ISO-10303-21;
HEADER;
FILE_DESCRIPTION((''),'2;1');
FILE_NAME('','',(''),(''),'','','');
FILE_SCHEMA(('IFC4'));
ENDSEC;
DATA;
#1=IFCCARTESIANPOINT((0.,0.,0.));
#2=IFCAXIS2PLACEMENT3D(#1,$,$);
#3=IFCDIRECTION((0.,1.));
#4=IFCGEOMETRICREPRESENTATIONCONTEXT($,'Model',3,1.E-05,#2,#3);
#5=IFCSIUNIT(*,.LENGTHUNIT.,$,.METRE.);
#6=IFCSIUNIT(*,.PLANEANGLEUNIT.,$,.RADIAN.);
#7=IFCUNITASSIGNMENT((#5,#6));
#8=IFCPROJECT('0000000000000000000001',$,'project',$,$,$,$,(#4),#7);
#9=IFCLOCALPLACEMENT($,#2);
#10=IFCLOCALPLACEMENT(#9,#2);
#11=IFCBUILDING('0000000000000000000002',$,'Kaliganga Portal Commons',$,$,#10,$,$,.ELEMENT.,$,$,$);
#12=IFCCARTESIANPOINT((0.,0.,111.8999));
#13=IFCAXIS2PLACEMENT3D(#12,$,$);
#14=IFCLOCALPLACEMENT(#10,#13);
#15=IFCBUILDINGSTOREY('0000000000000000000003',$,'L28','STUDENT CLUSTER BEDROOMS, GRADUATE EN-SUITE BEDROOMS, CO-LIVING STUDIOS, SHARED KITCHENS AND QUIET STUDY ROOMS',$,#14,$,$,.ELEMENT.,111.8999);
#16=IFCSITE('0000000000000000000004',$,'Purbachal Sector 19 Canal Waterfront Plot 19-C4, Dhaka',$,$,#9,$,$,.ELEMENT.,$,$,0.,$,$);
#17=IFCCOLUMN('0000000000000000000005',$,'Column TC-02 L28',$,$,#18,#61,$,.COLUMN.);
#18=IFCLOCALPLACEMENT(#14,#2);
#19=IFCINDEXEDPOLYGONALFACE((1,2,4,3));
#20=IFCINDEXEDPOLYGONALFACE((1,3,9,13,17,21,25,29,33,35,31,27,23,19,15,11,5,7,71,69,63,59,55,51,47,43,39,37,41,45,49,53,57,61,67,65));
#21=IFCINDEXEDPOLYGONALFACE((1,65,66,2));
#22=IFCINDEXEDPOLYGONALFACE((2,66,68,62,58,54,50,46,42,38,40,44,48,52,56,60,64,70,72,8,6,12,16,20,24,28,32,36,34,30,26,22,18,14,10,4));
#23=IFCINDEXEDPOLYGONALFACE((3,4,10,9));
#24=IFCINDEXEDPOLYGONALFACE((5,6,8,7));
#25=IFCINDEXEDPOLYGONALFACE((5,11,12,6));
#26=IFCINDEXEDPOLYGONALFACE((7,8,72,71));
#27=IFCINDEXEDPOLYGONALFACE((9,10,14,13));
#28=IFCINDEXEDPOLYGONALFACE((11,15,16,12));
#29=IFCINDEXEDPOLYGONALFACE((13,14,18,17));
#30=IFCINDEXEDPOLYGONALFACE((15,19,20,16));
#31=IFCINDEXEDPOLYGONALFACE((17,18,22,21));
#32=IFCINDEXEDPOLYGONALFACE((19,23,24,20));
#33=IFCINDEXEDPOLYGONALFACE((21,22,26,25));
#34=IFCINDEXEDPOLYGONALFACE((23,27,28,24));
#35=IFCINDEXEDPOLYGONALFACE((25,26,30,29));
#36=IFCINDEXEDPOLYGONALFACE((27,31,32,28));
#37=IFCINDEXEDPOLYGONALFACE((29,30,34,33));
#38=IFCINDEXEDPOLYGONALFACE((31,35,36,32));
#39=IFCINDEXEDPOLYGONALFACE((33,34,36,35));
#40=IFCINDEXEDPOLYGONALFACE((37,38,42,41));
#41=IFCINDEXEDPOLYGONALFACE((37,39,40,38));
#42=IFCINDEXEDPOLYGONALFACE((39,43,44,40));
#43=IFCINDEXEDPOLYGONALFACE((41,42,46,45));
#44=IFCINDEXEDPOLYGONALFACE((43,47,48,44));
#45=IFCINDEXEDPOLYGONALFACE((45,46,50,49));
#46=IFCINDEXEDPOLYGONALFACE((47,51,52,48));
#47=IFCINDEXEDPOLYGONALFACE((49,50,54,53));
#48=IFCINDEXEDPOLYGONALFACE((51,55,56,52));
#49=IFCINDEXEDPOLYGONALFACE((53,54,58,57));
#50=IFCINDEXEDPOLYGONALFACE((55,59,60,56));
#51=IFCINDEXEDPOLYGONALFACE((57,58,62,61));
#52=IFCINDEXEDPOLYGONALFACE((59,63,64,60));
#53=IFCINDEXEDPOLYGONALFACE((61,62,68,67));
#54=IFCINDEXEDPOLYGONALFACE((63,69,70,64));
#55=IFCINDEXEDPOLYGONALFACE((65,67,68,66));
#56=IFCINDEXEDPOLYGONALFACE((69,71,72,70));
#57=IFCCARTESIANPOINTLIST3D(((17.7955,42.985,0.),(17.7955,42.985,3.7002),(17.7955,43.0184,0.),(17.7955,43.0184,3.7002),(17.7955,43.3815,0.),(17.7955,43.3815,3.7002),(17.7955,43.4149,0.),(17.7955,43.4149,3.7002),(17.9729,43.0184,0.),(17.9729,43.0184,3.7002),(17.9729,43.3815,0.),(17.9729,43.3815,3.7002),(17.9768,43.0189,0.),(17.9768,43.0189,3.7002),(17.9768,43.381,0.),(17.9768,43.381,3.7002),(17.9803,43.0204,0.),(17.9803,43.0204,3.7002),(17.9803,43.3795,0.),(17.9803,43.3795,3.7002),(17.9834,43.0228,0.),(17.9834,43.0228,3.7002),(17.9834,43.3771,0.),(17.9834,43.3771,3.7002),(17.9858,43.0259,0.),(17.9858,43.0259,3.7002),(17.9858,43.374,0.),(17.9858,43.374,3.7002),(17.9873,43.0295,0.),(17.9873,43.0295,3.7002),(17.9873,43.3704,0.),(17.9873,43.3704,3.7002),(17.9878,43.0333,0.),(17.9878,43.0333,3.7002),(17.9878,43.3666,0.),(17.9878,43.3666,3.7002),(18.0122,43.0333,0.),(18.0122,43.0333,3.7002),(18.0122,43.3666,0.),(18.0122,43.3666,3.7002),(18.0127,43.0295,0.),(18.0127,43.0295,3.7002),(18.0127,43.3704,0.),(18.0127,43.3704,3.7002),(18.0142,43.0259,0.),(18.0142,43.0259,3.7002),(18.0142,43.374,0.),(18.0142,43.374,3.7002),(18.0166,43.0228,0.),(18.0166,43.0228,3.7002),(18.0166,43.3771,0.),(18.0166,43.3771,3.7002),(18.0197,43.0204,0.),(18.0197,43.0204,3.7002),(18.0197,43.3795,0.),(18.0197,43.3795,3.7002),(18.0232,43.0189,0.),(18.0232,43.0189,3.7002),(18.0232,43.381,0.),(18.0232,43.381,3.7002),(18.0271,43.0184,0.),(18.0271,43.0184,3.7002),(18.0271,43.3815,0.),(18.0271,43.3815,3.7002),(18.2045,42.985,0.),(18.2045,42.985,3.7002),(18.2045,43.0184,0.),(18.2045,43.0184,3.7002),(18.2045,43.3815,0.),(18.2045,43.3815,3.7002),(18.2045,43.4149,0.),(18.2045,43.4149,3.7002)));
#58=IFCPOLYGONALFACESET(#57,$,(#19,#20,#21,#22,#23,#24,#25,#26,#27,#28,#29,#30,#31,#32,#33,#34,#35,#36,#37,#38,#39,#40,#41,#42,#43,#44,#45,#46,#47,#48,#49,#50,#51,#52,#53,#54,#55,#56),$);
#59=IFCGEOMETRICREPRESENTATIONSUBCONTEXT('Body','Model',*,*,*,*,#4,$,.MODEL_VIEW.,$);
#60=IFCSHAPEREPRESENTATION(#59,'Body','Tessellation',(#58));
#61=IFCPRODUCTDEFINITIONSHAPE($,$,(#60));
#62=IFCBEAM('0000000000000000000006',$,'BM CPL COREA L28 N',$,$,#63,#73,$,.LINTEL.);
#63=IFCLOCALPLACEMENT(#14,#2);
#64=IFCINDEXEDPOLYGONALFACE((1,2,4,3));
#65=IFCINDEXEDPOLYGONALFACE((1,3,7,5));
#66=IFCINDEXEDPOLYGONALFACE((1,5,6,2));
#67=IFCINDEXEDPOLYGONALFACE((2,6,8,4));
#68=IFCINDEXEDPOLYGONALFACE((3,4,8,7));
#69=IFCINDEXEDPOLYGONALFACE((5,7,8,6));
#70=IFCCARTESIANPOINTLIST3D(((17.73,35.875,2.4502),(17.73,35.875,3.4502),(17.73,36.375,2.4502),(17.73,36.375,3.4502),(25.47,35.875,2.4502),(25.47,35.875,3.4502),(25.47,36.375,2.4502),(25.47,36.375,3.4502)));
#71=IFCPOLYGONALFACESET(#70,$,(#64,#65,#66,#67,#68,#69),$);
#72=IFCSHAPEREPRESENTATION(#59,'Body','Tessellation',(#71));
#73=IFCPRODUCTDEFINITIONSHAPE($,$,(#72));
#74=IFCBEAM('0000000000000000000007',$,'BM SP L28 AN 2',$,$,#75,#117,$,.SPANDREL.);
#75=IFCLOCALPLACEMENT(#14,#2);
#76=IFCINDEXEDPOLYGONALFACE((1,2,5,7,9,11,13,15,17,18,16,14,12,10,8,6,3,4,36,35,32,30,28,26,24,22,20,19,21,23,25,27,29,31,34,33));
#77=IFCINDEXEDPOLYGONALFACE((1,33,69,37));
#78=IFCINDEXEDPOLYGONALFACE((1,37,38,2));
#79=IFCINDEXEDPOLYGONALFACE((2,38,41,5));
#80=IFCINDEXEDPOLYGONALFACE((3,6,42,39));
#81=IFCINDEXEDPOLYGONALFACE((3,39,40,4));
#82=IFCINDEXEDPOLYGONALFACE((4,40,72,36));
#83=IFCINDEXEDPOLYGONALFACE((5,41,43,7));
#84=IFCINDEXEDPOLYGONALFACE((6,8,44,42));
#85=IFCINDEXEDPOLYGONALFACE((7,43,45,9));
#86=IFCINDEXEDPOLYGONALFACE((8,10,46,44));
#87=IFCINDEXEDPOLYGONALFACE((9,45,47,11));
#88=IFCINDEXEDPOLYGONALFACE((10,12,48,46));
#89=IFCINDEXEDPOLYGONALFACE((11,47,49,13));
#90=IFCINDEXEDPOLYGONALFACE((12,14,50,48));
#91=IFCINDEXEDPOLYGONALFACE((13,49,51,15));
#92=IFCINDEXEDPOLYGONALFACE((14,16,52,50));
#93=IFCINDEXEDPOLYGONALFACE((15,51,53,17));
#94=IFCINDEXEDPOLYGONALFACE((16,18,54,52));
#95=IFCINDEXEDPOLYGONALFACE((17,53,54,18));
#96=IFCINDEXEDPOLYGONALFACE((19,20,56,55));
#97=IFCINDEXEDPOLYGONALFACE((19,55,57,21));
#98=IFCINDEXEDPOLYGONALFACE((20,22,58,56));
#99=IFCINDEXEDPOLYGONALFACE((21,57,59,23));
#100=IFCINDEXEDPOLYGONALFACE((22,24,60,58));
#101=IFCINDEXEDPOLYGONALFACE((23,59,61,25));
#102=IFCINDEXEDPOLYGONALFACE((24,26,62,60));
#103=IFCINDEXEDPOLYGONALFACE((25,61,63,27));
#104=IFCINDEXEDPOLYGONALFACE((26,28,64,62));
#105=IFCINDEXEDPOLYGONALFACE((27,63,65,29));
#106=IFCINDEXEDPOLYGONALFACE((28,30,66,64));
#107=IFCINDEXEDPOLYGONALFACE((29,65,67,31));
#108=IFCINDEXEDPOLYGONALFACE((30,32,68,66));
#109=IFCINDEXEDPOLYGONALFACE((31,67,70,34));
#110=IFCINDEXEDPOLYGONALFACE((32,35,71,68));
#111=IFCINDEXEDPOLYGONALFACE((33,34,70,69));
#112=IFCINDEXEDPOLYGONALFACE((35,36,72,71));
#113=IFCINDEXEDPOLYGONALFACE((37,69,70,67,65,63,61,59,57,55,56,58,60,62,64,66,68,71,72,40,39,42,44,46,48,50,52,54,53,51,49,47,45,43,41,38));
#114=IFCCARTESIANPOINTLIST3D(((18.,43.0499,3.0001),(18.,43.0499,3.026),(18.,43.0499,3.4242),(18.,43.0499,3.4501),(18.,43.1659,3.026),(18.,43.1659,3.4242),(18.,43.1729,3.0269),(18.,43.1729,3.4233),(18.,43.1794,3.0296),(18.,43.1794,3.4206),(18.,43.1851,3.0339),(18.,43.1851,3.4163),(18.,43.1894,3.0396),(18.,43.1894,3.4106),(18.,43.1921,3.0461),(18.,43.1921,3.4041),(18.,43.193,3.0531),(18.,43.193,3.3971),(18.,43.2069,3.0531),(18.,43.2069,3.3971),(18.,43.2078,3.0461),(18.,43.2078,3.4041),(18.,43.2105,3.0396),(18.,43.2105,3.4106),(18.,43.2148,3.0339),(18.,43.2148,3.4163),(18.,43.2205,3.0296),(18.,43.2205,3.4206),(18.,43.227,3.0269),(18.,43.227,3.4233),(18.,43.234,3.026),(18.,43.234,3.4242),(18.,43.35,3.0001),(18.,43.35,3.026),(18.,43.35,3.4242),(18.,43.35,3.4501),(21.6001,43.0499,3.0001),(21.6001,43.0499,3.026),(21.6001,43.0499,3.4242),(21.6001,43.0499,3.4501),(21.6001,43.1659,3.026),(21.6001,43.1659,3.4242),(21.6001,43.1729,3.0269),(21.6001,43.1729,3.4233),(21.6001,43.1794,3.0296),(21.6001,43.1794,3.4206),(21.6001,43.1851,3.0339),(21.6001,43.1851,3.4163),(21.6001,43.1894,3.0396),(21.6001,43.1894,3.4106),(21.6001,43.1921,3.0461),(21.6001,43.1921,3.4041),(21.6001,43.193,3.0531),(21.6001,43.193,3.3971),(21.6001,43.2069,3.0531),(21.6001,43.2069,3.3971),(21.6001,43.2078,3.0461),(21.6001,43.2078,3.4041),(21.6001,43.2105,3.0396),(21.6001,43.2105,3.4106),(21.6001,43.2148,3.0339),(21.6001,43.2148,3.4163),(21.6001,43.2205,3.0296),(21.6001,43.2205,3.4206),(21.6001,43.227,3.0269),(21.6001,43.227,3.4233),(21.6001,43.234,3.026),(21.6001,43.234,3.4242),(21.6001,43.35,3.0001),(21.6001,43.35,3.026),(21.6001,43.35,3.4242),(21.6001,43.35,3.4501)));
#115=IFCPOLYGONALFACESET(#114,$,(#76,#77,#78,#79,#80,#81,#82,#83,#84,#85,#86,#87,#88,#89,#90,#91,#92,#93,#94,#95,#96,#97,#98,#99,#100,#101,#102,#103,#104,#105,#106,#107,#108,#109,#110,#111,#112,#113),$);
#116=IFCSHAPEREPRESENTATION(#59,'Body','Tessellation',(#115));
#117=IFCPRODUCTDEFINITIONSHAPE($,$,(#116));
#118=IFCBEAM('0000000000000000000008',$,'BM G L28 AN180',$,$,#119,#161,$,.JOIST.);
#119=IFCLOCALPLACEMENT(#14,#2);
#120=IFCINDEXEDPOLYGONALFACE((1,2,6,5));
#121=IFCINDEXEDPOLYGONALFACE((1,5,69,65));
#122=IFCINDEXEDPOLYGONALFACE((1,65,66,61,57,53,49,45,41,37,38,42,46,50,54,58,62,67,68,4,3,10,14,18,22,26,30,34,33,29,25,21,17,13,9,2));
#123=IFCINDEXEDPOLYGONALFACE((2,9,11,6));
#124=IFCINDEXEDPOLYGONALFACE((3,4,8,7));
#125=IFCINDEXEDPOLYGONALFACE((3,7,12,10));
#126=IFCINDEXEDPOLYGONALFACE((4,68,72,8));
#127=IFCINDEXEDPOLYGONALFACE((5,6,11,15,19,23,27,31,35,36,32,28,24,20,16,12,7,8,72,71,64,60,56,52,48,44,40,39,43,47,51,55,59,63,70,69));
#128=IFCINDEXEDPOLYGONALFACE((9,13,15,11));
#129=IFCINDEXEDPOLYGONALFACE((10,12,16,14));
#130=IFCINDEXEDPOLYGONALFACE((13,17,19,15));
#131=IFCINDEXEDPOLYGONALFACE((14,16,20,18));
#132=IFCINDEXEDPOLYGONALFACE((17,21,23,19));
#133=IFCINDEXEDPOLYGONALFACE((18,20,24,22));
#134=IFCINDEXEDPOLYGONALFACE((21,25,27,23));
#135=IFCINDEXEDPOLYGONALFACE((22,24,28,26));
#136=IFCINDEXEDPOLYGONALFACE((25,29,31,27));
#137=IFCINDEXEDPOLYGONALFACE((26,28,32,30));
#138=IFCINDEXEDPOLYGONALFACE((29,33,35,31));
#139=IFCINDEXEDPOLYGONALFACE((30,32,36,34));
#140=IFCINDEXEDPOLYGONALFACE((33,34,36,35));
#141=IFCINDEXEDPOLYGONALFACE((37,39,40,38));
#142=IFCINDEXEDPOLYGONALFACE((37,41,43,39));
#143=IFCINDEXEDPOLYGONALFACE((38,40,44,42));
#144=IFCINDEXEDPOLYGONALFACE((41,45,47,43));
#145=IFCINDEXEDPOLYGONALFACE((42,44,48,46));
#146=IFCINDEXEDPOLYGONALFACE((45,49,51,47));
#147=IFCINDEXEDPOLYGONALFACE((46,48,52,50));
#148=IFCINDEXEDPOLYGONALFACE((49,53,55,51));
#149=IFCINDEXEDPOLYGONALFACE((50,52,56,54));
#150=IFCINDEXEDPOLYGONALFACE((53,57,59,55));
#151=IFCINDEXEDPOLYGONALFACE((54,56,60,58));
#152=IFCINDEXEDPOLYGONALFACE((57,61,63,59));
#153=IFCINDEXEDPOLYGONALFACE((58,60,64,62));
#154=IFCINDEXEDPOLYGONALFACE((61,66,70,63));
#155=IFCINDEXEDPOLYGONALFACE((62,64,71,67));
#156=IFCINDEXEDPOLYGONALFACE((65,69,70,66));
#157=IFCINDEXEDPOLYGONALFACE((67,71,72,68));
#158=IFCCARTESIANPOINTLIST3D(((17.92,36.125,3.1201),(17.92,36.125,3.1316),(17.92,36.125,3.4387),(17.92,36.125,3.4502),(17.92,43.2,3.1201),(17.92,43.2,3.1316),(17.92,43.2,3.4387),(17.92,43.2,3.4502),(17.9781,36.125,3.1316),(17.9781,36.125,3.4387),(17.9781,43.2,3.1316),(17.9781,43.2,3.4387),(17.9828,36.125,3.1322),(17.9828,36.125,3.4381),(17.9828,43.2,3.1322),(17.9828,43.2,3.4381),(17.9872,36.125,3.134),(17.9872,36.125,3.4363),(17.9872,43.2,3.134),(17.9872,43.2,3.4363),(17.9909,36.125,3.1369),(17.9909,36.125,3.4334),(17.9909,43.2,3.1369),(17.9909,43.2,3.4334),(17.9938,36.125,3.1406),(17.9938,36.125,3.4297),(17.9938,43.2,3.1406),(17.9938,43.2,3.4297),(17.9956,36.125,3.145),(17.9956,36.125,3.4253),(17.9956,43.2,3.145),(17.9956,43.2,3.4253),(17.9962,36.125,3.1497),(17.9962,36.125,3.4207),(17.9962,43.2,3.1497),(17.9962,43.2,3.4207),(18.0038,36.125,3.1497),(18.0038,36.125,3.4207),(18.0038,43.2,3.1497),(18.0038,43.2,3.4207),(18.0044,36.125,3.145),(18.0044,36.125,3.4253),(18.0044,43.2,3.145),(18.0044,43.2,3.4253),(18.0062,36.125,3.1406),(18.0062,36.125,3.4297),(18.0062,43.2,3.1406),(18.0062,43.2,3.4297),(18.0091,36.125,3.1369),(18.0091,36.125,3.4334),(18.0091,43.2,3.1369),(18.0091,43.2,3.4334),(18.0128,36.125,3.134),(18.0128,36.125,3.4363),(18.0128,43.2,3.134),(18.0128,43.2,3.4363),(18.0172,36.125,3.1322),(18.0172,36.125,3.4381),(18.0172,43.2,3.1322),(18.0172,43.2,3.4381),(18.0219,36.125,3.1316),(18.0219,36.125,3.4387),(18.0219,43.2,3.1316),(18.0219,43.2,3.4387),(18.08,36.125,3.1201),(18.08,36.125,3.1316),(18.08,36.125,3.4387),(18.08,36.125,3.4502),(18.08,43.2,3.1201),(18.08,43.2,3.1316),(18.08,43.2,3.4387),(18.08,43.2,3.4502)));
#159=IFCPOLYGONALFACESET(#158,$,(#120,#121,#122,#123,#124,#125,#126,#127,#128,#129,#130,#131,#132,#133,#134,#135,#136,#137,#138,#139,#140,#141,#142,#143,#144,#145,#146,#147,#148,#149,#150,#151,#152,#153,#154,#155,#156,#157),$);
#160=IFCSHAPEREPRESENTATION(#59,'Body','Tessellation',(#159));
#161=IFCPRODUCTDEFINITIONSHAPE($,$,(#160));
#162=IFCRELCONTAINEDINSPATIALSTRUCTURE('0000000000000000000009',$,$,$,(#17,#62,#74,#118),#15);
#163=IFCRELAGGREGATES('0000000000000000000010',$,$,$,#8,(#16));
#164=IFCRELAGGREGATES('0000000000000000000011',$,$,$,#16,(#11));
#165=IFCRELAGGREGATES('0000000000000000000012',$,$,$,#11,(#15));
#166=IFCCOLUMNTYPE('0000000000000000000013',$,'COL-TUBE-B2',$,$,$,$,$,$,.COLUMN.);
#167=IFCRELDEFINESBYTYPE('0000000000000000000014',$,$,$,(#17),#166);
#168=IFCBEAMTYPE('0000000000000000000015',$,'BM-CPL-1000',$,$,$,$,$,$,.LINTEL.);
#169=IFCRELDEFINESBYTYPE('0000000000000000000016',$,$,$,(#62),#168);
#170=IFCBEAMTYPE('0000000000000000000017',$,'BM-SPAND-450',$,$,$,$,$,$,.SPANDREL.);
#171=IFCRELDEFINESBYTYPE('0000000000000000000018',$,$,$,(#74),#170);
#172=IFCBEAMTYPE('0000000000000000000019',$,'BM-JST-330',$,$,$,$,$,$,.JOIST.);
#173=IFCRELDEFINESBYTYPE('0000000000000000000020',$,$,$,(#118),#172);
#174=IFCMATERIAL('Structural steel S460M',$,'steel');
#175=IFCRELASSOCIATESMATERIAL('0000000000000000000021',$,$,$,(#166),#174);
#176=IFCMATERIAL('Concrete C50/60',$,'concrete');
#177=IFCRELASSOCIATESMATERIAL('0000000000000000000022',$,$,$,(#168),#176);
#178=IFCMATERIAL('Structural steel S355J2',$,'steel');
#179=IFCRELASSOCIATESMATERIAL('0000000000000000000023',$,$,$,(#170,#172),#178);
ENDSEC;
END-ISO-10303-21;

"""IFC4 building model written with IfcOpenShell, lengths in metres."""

from ifc_helpers import new_model, si_unit, direction, frame, origin, origin_2d, place, context, subcontext, project, spatial, rectangle, i_section, extrude, source, transform, mapped, material, material_profile, profile_set, type_object, element, save


model = new_model("IFC4")

# Units and contexts
model_context = context("Model", 3, precision=1e-05, world=origin(), true_north=direction((0.0, 1.0)))
body_context = subcontext(model_context, "Body", "Model", "MODEL_VIEW")
ifc_project = project(units=[si_unit("LENGTHUNIT", "METRE"), si_unit("PLANEANGLEUNIT", "RADIAN")], contexts=[model_context])

# Site, building, storey
site_placement = place(None, origin())
site = spatial("IfcSite", under=ifc_project, at=site_placement, Name="Purbachal Sector 19 Canal Waterfront Plot 19-C4, Dhaka", CompositionType="ELEMENT", RefElevation=0.0)
building_placement = place(site_placement, origin())
building = spatial("IfcBuilding", under=site, at=building_placement, Name="Kaliganga Portal Commons", CompositionType="ELEMENT")
storey_placement = place(building_placement, frame((0.0, 0.0, 111.8999)))
storey = spatial("IfcBuildingStorey", under=building, at=storey_placement, Name="L28", Description="STUDENT CLUSTER BEDROOMS, GRADUATE EN-SUITE BEDROOMS, CO-LIVING STUDIOS, SHARED KITCHENS AND QUIET STUDY ROOMS", CompositionType="ELEMENT", Elevation=111.8999)

# Column
ifc_material_1 = material(Name="Structural steel S460M", Category="steel")
ifc_material_profile_1 = material_profile(ifc_material_1, i_section(OverallWidth=0.4089, OverallDepth=0.4299, WebThickness=0.0244, FlangeThickness=0.0334, FilletRadius=0.0149, at=origin_2d()), Name="HD 400x421")
ifc_profile_set_1 = profile_set([ifc_material_profile_1], Name="Structural steel S460M wide-flange")
column_type = type_object("IfcColumnType", Name="COL-TUBE-B2", PredefinedType="COLUMN", material=ifc_profile_set_1)
shared_shape_1 = source(origin(), body_context, "Body", "SweptSolid", [
    extrude(i_section(OverallWidth=0.4089, OverallDepth=0.4299, WebThickness=0.0244, FlangeThickness=0.0334, FilletRadius=0.0149, at=origin_2d()), origin(), (0.0, 0.0, 1.0), 3.7002),
])
column_placement = place(storey_placement, frame((18.0, 43.2, 0.0), z_axis=(0.0, 0.0, 1.0), x_axis=(1.0, 0.0, 0.0)))
element("IfcColumn", 1, at=column_placement, inside=storey, type_object=column_type, Name="Column TC-02 L28", PredefinedType="COLUMN", context=body_context, shape_type="MappedRepresentation", body=[
    mapped(shared_shape_1, transform((0.0, 0.0, 0.0), x_axis=(1.0, 0.0, 0.0), y_axis=(0.0, 1.0, 0.0), z_axis=(0.0, 0.0, 1.0), scale=1.0)),
])

# Beams
ifc_material_2 = material(Name="Concrete C50/60", Category="concrete")
ifc_material_profile_2 = material_profile(ifc_material_2, rectangle(XDim=0.5, YDim=1.0, at=origin_2d()), Name="RC 500x1000")
ifc_profile_set_2 = profile_set([ifc_material_profile_2], Name="Concrete C50/60")
beam_type_1 = type_object("IfcBeamType", Name="BM-CPL-1000", PredefinedType="LINTEL", material=ifc_profile_set_2)
shared_shape_2 = source(origin(), body_context, "Body", "SweptSolid", [
    extrude(rectangle(XDim=0.5, YDim=1.0, at=origin_2d()), origin(), (0.0, 0.0, 1.0), 7.74),
])
beam_1_placement = place(storey_placement, frame((17.73, 36.125, 2.9502), z_axis=(1.0, 0.0, 0.0), x_axis=(0.0, 1.0, 0.0)))
element("IfcBeam", 2, at=beam_1_placement, inside=storey, type_object=beam_type_1, Name="BM CPL COREA L28 N", PredefinedType="LINTEL", context=body_context, shape_type="MappedRepresentation", body=[
    mapped(shared_shape_2, transform((0.0, 0.0, 0.0), x_axis=(1.0, 0.0, 0.0), y_axis=(0.0, 1.0, 0.0), z_axis=(0.0, 0.0, 1.0), scale=1.0)),
])
ifc_material_3 = material(Name="Structural steel S355J2", Category="steel")
ifc_material_profile_3 = material_profile(ifc_material_3, i_section(OverallWidth=0.3, OverallDepth=0.45, WebThickness=0.0139, FlangeThickness=0.0259, FilletRadius=0.0271, at=origin_2d()), Name="HE 450 B")
ifc_profile_set_3 = profile_set([ifc_material_profile_3], Name="Structural steel S355J2 wide-flange")
beam_type_2 = type_object("IfcBeamType", Name="BM-SPAND-450", PredefinedType="SPANDREL", material=ifc_profile_set_3)
shared_shape_3 = source(origin(), body_context, "Body", "SweptSolid", [
    extrude(i_section(OverallWidth=0.3, OverallDepth=0.45, WebThickness=0.0139, FlangeThickness=0.0259, FilletRadius=0.0271, at=origin_2d()), origin(), (0.0, 0.0, 1.0), 3.6001),
])
beam_2_placement = place(storey_placement, frame((18.0, 43.2, 3.2251), z_axis=(1.0, 0.0, 0.0), x_axis=(0.0, 1.0, 0.0)))
element("IfcBeam", 3, at=beam_2_placement, inside=storey, type_object=beam_type_2, Name="BM SP L28 AN 2", PredefinedType="SPANDREL", context=body_context, shape_type="MappedRepresentation", body=[
    mapped(shared_shape_3, transform((0.0, 0.0, 0.0), x_axis=(1.0, 0.0, 0.0), y_axis=(0.0, 1.0, 0.0), z_axis=(0.0, 0.0, 1.0), scale=1.0)),
])
ifc_material_profile_4 = material_profile(ifc_material_3, i_section(OverallWidth=0.1599, OverallDepth=0.3301, WebThickness=0.0076, FlangeThickness=0.0115, FilletRadius=0.0181, at=origin_2d()), Name="IPE 330")
ifc_profile_set_4 = profile_set([ifc_material_profile_4], Name="Structural steel S355J2 wide-flange")
beam_type_3 = type_object("IfcBeamType", Name="BM-JST-330", PredefinedType="JOIST", material=ifc_profile_set_4)
shared_shape_4 = source(origin(), body_context, "Body", "SweptSolid", [
    extrude(i_section(OverallWidth=0.1599, OverallDepth=0.3301, WebThickness=0.0076, FlangeThickness=0.0115, FilletRadius=0.0181, at=origin_2d()), origin(), (0.0, 0.0, 1.0), 7.075),
])
beam_3_placement = place(storey_placement, frame((18.0, 36.125, 3.2852), z_axis=(0.0, 1.0, 0.0), x_axis=(-1.0, 0.0, 0.0)))
element("IfcBeam", 4, at=beam_3_placement, inside=storey, type_object=beam_type_3, Name="BM G L28 AN180", PredefinedType="JOIST", context=body_context, shape_type="MappedRepresentation", body=[
    mapped(shared_shape_4, transform((0.0, 0.0, 0.0), x_axis=(1.0, 0.0, 0.0), y_axis=(0.0, 1.0, 0.0), z_axis=(0.0, 0.0, 1.0), scale=1.0)),
])

save(model, "model.ifc")
